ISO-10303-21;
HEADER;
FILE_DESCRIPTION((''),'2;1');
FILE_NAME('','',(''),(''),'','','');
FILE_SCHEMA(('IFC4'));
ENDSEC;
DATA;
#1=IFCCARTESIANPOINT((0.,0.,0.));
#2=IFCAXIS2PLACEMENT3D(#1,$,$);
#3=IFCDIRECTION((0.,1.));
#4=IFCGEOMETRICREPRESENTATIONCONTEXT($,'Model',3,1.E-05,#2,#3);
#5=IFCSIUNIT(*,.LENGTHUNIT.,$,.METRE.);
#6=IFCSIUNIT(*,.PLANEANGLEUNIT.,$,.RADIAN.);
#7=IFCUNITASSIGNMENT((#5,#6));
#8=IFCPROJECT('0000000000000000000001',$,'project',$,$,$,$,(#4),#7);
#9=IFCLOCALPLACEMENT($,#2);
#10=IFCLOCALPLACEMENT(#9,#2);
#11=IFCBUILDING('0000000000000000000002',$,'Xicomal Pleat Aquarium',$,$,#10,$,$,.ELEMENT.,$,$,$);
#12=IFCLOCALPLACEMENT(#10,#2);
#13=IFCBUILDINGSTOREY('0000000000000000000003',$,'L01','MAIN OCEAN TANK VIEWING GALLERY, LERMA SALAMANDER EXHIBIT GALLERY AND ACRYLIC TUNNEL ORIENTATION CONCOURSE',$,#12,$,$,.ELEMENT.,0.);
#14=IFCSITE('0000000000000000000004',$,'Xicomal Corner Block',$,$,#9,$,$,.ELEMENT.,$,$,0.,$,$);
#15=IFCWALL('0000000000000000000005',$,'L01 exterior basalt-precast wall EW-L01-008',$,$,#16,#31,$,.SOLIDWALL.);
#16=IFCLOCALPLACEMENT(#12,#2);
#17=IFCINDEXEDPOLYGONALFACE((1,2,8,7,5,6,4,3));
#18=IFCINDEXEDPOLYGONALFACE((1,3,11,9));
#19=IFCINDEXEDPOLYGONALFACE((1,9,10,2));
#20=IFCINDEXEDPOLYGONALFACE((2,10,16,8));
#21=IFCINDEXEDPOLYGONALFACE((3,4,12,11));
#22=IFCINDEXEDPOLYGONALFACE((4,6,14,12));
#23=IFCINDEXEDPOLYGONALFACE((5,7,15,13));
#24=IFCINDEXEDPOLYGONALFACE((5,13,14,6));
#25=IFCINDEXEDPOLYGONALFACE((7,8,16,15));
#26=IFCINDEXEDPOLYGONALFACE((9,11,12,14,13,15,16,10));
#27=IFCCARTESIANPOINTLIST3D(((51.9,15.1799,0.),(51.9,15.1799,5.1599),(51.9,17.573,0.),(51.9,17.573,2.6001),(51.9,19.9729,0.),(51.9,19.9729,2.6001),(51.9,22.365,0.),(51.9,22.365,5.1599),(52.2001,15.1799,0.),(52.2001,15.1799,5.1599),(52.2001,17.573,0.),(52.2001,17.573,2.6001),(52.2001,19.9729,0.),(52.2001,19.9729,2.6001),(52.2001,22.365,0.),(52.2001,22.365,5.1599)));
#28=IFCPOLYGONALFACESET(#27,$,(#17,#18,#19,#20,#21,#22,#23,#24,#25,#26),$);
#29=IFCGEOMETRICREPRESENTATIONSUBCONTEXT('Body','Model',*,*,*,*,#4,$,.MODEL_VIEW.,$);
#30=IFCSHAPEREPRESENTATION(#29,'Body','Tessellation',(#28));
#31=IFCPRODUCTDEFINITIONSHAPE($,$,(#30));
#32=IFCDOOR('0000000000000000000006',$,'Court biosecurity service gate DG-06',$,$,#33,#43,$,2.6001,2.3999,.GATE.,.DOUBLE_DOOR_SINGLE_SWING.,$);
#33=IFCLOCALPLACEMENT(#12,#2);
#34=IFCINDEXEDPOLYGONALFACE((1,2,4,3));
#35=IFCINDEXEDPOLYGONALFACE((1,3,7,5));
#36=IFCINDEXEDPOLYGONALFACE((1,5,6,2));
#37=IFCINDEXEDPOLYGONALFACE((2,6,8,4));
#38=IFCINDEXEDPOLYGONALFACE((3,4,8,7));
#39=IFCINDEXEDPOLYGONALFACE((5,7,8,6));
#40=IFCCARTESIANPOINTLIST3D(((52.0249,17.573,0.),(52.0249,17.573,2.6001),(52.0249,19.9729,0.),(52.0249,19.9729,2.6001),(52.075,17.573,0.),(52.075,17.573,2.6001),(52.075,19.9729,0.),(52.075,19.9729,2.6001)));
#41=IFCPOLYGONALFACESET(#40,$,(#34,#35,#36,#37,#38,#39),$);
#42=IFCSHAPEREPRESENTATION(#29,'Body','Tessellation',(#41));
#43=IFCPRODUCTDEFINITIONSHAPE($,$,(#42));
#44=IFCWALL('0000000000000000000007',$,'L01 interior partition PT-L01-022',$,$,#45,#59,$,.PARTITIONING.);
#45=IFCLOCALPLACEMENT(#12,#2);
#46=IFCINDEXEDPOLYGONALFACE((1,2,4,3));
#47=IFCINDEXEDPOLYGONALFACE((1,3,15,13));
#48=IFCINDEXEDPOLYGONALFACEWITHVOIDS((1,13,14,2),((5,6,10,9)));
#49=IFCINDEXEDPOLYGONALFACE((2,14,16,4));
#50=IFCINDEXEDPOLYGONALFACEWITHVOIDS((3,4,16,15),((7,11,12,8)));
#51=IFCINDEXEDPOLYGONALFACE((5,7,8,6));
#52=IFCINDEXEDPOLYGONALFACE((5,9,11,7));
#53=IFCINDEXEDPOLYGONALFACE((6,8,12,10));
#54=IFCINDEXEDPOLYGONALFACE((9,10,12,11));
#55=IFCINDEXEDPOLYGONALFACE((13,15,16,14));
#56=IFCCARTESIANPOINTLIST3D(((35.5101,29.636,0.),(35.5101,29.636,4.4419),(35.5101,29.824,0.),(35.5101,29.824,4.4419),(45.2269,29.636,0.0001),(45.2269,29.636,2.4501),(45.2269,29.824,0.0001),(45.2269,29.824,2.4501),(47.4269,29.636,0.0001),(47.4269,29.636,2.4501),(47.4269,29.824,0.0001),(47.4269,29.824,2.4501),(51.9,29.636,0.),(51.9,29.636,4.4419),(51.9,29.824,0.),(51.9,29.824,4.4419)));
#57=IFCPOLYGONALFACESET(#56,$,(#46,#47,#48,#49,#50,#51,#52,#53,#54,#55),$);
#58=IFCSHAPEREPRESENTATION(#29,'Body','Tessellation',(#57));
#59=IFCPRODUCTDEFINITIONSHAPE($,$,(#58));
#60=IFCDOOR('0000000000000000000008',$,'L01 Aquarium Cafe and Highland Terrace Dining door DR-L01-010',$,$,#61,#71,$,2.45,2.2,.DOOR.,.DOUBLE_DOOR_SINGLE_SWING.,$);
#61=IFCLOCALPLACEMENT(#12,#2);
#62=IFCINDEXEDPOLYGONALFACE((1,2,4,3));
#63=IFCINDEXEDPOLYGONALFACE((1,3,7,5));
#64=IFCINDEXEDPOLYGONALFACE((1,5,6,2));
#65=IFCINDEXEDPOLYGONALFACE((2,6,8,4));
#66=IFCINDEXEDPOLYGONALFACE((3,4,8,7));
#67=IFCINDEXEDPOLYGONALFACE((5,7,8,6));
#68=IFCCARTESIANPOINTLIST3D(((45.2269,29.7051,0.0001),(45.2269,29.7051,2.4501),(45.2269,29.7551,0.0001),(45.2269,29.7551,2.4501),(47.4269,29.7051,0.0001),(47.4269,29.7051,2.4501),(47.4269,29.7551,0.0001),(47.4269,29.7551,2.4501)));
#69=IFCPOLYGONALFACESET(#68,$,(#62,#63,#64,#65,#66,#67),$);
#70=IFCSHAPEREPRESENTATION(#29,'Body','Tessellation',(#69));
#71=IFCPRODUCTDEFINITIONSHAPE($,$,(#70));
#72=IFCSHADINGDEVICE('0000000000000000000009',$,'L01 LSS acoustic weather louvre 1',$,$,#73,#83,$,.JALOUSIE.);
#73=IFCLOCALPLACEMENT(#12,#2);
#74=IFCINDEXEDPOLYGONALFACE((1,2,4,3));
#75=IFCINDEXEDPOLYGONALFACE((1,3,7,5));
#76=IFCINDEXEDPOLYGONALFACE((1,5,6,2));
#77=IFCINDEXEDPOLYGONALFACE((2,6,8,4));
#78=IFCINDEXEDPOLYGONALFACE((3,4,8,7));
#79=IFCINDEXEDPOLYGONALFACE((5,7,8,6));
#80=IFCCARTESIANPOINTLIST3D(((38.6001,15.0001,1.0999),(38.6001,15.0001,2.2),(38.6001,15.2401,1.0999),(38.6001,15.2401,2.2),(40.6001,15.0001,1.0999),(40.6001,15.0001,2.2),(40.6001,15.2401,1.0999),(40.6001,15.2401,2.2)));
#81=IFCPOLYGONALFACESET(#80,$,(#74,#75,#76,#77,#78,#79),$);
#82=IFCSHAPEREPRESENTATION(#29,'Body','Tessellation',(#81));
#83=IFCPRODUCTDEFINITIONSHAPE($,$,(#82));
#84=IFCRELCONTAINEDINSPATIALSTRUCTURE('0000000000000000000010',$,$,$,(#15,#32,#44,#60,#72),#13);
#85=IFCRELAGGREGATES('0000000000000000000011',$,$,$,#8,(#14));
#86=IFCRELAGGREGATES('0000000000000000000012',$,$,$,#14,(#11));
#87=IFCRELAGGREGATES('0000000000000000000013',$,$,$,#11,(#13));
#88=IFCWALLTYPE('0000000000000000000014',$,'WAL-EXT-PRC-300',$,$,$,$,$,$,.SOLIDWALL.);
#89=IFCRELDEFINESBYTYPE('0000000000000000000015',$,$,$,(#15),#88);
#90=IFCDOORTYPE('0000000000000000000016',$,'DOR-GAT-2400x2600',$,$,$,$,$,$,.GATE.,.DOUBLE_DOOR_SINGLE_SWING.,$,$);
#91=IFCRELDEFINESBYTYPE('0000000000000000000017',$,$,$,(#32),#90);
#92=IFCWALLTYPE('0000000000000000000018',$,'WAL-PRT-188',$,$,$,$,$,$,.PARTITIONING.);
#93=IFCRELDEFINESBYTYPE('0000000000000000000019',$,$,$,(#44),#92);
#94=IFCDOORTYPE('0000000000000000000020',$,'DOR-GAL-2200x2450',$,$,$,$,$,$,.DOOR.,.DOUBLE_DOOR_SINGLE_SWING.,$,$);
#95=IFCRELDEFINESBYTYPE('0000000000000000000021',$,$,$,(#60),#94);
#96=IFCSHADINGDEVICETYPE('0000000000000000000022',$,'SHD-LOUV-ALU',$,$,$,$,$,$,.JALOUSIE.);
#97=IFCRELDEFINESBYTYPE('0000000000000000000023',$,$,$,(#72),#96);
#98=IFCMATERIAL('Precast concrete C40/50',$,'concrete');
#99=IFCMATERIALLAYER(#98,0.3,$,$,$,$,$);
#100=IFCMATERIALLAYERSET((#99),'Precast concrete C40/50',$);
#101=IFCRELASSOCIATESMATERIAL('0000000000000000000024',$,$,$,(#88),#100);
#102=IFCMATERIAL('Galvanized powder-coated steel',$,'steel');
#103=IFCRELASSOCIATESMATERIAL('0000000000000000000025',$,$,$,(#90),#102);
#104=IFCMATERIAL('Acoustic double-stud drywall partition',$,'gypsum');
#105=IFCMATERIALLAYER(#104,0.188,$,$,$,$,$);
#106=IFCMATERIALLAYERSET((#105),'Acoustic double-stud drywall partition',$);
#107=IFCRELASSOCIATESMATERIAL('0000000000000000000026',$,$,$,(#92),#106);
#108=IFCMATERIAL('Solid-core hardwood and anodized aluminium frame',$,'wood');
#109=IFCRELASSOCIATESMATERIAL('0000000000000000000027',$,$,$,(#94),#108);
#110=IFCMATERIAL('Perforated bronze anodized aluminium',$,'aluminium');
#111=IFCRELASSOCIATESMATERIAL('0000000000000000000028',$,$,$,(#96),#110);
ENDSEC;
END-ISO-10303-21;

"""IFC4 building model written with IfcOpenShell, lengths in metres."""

from ifc_helpers import new_model, si_unit, direction, frame, frame_2d, origin, origin_2d, place, context, subcontext, project, spatial, rectangle, extrude, material, layer, layer_set, type_object, element, fill, save


model = new_model("IFC4")

# Units and contexts
model_context = context("Model", 3, precision=1e-05, world=origin(), true_north=direction((0.0, 1.0)))
body_context = subcontext(model_context, "Body", "Model", "MODEL_VIEW")
ifc_project = project(units=[si_unit("LENGTHUNIT", "METRE"), si_unit("PLANEANGLEUNIT", "RADIAN")], contexts=[model_context])

# Site, building, storey
site_placement = place(None, origin())
site = spatial("IfcSite", under=ifc_project, at=site_placement, Name="Xicomal Corner Block", CompositionType="ELEMENT", RefElevation=0.0)
building_placement = place(site_placement, origin())
building = spatial("IfcBuilding", under=site, at=building_placement, Name="Xicomal Pleat Aquarium", CompositionType="ELEMENT")
storey_placement = place(building_placement, origin())
storey = spatial("IfcBuildingStorey", under=building, at=storey_placement, Name="L01", Description="MAIN OCEAN TANK VIEWING GALLERY, LERMA SALAMANDER EXHIBIT GALLERY AND ACRYLIC TUNNEL ORIENTATION CONCOURSE", CompositionType="ELEMENT", Elevation=0.0)

# Walls, openings, doors
ifc_material_1 = material(Name="Precast concrete C40/50", Category="concrete")
ifc_layer_1 = layer(ifc_material_1, 0.3)
ifc_layer_set_1 = layer_set([ifc_layer_1], Name="Precast concrete C40/50")
wall_type_1 = type_object("IfcWallType", Name="WAL-EXT-PRC-300", PredefinedType="SOLIDWALL", material=ifc_layer_set_1)
wall_1_placement = place(storey_placement, frame((52.05, 22.365, 0.0), z_axis=(0.0, 0.0, 1.0), x_axis=(0.0, -1.0, 0.0)))
wall_1 = element("IfcWall", 1, at=wall_1_placement, inside=storey, type_object=wall_type_1, Name="L01 exterior basalt-precast wall EW-L01-008", PredefinedType="SOLIDWALL", context=body_context, shape_type="SweptSolid", body=[
    extrude(rectangle(XDim=7.1851, YDim=0.3, at=frame_2d((3.5925, 0.0))), origin(), (0.0, 0.0, 1.0), 5.1599),
])
opening_1_placement = place(wall_1_placement, frame((2.3921, 0.0, 0.0)))
opening_1 = element("IfcOpeningElement", 2, at=opening_1_placement, cuts=wall_1, PredefinedType="OPENING", context=body_context, shape_type="SweptSolid", body=[
    extrude(rectangle(XDim=2.3999, YDim=2.6001, at=frame_2d((1.2, 1.3))), frame((0.0, 0.1599, 0.0), z_axis=(0.0, -1.0, 0.0), x_axis=(1.0, 0.0, 0.0)), (0.0, 0.0, 1.0), 0.3201),
])
ifc_material_2 = material(Name="Galvanized powder-coated steel", Category="steel")
door_type_1 = type_object("IfcDoorType", Name="DOR-GAT-2400x2600", OperationType="DOUBLE_DOOR_SINGLE_SWING", PredefinedType="GATE", material=ifc_material_2)
door_1_placement = place(opening_1_placement, origin())
door_1 = element("IfcDoor", 3, at=door_1_placement, inside=storey, type_object=door_type_1, Name="Court biosecurity service gate DG-06", OperationType="DOUBLE_DOOR_SINGLE_SWING", OverallHeight=2.6001, OverallWidth=2.3999, PredefinedType="GATE", context=body_context, shape_type="SweptSolid", body=[
    extrude(rectangle(XDim=2.3999, YDim=2.6001, at=frame_2d((1.2, 1.3))), frame((0.0, 0.0249, 0.0), z_axis=(0.0, -1.0, 0.0), x_axis=(1.0, 0.0, 0.0)), (0.0, 0.0, 1.0), 0.05),
])
fill(opening_1, door_1)
ifc_material_3 = material(Name="Acoustic double-stud drywall partition", Category="gypsum")
ifc_layer_2 = layer(ifc_material_3, 0.188)
ifc_layer_set_2 = layer_set([ifc_layer_2], Name="Acoustic double-stud drywall partition")
wall_type_2 = type_object("IfcWallType", Name="WAL-PRT-188", PredefinedType="PARTITIONING", material=ifc_layer_set_2)
wall_2_placement = place(storey_placement, frame((51.8999, 29.73, 0.0), z_axis=(0.0, 0.0, 1.0), x_axis=(-1.0, 0.0, 0.0)))
wall_2 = element("IfcWall", 4, at=wall_2_placement, inside=storey, type_object=wall_type_2, Name="L01 interior partition PT-L01-022", PredefinedType="PARTITIONING", context=body_context, shape_type="SweptSolid", body=[
    extrude(rectangle(XDim=16.3899, YDim=0.188, at=frame_2d((8.1948, 0.0))), origin(), (0.0, 0.0, 1.0), 4.4419),
])
opening_2_placement = place(wall_2_placement, frame((4.4729, 0.0, 0.0)))
opening_2 = element("IfcOpeningElement", 5, at=opening_2_placement, cuts=wall_2, PredefinedType="OPENING", context=body_context, shape_type="SweptSolid", body=[
    extrude(rectangle(XDim=2.2, YDim=2.45, at=frame_2d((1.1001, 1.2251))), frame((0.0, 0.104, 0.0), z_axis=(0.0, -1.0, 0.0), x_axis=(1.0, 0.0, 0.0)), (0.0, 0.0, 1.0), 0.208),
])
ifc_material_4 = material(Name="Solid-core hardwood and anodized aluminium frame", Category="wood")
door_type_2 = type_object("IfcDoorType", Name="DOR-GAL-2200x2450", OperationType="DOUBLE_DOOR_SINGLE_SWING", PredefinedType="DOOR", material=ifc_material_4)
door_2_placement = place(opening_2_placement, origin())
door_2 = element("IfcDoor", 6, at=door_2_placement, inside=storey, type_object=door_type_2, Name="L01 Aquarium Cafe and Highland Terrace Dining door DR-L01-010", OperationType="DOUBLE_DOOR_SINGLE_SWING", OverallHeight=2.45, OverallWidth=2.2, PredefinedType="DOOR", context=body_context, shape_type="SweptSolid", body=[
    extrude(rectangle(XDim=2.2, YDim=2.45, at=frame_2d((1.1001, 1.2251))), frame((0.0, 0.0249, 0.0), z_axis=(0.0, -1.0, 0.0), x_axis=(1.0, 0.0, 0.0)), (0.0, 0.0, 1.0), 0.05),
])
fill(opening_2, door_2)

# Shading device
ifc_material_5 = material(Name="Perforated bronze anodized aluminium", Category="aluminium")
shading_device_type = type_object("IfcShadingDeviceType", Name="SHD-LOUV-ALU", PredefinedType="JALOUSIE", material=ifc_material_5)
shading_device_placement = place(storey_placement, frame((39.6001, 15.1201, 1.0999), z_axis=(0.0, 0.0, 1.0), x_axis=(-1.0, 0.0, 0.0)))
element("IfcShadingDevice", 7, at=shading_device_placement, inside=storey, type_object=shading_device_type, Name="L01 LSS acoustic weather louvre 1", PredefinedType="JALOUSIE", context=body_context, shape_type="SweptSolid", body=[
    extrude(rectangle(XDim=2.0, YDim=0.24, at=origin_2d()), origin(), (0.0, 0.0, 1.0), 1.1001),
])

save(model, "model.ifc")
